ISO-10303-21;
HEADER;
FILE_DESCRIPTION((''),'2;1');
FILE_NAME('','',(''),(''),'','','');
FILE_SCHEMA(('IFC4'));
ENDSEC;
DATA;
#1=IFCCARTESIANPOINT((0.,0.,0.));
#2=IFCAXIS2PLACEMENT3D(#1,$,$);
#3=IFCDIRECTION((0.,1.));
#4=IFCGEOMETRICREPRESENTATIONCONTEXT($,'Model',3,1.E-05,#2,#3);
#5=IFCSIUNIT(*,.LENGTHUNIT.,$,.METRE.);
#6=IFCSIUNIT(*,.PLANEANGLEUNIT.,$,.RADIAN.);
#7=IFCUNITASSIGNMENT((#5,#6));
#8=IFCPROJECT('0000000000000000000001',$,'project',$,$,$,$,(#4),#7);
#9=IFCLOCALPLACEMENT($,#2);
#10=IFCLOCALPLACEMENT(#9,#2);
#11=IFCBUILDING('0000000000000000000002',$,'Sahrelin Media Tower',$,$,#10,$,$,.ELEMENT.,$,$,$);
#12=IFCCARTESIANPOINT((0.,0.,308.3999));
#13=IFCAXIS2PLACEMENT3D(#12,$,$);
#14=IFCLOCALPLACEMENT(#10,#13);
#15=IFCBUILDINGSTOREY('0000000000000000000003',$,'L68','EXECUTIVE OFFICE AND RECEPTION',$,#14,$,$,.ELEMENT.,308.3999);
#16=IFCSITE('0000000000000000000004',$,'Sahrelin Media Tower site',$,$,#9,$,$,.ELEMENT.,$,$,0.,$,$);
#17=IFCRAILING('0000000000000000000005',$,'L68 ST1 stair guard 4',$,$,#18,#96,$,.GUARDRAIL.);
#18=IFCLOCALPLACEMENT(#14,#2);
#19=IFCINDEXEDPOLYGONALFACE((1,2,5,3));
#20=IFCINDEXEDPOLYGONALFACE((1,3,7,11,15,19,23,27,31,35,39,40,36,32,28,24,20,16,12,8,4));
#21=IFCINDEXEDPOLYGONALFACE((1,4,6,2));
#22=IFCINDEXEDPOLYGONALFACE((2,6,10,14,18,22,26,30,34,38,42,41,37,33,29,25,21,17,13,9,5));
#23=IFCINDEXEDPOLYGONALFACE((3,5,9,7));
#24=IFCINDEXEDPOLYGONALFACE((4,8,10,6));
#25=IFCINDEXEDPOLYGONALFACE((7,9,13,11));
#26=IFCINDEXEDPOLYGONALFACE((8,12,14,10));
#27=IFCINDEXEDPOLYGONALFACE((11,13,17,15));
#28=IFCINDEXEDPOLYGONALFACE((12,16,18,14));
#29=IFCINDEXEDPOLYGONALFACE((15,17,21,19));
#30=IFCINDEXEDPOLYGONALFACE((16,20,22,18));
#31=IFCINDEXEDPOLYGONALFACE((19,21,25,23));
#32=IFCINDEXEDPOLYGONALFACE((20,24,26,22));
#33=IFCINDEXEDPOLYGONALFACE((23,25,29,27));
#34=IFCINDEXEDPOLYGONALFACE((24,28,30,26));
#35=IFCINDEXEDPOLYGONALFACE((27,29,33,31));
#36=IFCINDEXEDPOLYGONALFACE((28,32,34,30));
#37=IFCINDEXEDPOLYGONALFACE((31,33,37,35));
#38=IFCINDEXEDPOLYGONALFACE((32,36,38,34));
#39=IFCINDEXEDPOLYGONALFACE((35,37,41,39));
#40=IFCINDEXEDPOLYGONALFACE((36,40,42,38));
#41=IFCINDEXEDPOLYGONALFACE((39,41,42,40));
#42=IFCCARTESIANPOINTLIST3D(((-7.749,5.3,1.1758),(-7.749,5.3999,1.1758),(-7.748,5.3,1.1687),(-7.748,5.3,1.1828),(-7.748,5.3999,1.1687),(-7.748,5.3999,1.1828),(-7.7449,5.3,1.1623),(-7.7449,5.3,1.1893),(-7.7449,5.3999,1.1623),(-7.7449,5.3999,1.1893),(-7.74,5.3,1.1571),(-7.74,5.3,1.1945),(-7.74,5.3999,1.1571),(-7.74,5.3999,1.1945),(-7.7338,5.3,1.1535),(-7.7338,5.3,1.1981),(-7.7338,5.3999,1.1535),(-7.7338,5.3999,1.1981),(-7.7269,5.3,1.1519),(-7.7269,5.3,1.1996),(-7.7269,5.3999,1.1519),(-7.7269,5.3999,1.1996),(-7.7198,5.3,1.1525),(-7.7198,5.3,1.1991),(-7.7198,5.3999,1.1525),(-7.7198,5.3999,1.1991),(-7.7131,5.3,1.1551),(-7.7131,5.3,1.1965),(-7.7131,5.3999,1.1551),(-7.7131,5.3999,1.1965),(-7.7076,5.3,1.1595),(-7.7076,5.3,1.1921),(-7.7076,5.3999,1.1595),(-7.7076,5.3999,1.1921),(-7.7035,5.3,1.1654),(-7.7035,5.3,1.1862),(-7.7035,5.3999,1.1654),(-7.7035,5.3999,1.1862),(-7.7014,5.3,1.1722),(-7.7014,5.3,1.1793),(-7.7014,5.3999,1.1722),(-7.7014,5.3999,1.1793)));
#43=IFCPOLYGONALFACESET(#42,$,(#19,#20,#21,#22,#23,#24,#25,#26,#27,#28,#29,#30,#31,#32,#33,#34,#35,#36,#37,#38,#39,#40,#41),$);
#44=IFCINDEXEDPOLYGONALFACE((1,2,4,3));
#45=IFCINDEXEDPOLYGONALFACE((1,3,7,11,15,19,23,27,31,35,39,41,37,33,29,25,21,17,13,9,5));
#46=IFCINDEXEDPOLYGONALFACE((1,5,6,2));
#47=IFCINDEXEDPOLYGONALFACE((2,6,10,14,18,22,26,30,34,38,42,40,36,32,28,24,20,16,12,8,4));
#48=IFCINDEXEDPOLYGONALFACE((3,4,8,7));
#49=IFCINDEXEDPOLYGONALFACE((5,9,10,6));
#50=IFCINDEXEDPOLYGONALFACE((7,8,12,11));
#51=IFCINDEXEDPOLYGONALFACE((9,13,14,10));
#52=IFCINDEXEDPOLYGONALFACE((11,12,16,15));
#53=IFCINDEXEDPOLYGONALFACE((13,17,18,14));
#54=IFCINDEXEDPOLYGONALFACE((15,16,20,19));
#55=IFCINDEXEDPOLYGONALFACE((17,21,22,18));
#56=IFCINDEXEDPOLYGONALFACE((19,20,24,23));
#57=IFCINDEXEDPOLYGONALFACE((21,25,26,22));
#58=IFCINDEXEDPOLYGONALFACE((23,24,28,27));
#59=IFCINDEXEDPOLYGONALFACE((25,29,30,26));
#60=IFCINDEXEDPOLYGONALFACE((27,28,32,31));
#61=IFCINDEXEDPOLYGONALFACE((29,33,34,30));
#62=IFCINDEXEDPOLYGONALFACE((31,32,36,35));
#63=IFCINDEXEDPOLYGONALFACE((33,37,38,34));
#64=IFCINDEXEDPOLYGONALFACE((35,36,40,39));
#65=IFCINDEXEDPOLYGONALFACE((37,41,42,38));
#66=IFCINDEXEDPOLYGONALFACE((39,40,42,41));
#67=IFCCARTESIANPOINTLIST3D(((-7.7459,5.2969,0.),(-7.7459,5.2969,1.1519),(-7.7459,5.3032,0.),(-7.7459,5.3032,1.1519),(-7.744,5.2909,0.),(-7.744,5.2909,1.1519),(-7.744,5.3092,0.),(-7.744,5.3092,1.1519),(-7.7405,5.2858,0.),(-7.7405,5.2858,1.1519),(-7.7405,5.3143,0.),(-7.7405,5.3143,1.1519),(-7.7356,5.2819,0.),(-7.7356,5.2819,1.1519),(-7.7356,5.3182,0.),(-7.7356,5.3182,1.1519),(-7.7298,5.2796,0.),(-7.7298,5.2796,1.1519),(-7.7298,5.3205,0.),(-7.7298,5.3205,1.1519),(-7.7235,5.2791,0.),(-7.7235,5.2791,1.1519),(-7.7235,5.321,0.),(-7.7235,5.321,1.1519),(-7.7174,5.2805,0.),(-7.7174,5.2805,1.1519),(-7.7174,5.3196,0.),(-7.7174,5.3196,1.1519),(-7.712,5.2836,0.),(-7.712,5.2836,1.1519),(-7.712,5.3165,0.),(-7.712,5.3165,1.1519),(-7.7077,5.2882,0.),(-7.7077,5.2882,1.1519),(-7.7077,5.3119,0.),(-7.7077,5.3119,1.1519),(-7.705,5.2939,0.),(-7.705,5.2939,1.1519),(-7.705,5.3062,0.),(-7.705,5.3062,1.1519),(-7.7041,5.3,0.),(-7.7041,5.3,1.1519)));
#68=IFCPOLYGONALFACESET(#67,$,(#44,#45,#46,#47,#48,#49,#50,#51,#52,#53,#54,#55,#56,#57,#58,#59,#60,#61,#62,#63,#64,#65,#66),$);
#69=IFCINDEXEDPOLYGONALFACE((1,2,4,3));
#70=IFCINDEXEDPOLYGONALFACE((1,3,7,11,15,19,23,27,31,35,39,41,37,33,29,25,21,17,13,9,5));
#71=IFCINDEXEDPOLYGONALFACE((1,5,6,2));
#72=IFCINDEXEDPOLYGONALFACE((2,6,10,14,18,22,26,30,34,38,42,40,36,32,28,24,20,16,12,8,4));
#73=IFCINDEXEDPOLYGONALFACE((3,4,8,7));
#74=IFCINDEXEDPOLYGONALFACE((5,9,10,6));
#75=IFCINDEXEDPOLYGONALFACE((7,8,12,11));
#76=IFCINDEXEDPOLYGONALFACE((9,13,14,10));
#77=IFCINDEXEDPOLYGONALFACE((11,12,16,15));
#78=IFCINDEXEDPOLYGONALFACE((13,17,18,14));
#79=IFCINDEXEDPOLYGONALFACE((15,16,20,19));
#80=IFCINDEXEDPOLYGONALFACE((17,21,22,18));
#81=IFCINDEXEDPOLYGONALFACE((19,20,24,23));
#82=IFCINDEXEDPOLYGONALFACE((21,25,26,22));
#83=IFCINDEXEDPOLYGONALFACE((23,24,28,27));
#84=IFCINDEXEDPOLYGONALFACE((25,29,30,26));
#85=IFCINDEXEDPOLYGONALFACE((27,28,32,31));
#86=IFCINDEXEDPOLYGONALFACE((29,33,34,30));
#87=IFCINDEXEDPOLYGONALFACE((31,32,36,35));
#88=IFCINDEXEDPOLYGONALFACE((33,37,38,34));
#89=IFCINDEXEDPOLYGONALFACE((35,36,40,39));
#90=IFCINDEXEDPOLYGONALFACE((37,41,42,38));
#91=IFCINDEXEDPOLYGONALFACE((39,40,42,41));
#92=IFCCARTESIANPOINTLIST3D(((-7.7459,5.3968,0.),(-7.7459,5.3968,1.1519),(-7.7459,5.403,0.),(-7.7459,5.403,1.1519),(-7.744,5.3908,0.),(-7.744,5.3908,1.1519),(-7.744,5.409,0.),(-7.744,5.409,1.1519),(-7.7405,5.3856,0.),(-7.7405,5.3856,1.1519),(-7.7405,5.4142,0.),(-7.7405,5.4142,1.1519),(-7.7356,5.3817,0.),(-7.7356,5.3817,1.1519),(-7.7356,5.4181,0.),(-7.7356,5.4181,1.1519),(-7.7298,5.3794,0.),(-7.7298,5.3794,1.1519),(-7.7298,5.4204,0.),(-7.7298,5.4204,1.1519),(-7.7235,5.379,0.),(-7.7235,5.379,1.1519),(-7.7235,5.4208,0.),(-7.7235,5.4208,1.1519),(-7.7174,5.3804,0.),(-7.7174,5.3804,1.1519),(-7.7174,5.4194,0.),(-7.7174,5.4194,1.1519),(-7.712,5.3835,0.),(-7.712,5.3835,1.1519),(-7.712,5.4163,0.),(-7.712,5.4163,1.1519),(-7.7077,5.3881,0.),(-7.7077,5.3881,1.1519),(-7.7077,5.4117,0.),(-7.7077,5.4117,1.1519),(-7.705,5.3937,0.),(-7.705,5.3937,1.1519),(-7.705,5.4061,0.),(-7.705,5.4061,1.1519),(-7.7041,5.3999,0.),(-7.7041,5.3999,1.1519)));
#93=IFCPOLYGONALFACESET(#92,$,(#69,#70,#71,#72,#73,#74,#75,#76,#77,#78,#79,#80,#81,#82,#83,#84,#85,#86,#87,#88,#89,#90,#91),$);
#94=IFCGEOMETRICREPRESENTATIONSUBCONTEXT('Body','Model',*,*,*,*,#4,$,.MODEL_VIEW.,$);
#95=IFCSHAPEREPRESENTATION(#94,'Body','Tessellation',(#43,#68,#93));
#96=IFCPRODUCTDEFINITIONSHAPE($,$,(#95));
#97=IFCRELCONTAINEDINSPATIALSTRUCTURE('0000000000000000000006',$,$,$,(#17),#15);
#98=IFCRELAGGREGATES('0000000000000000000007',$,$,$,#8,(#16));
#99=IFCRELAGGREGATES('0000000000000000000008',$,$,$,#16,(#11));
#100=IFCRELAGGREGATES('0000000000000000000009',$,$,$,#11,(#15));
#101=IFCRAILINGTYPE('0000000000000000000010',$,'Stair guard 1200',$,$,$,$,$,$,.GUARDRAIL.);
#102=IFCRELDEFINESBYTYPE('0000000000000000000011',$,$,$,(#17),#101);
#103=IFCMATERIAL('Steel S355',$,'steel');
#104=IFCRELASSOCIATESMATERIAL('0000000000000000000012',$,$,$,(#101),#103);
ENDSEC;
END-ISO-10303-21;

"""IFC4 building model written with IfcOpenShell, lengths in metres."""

from ifc_helpers import new_model, si_unit, direction, frame, origin, origin_2d, place, context, subcontext, project, spatial, circle, extrude, material, type_object, element, save


model = new_model("IFC4")

# Units and contexts
model_context = context("Model", 3, precision=1e-05, world=origin(), true_north=direction((0.0, 1.0)))
body_context = subcontext(model_context, "Body", "Model", "MODEL_VIEW")
ifc_project = project(units=[si_unit("LENGTHUNIT", "METRE"), si_unit("PLANEANGLEUNIT", "RADIAN")], contexts=[model_context])

# Site, building, storey
site_placement = place(None, origin())
site = spatial("IfcSite", under=ifc_project, at=site_placement, Name="Sahrelin Media Tower site", CompositionType="ELEMENT", RefElevation=0.0)
building_placement = place(site_placement, origin())
building = spatial("IfcBuilding", under=site, at=building_placement, Name="Sahrelin Media Tower", CompositionType="ELEMENT")
storey_placement = place(building_placement, frame((0.0, 0.0, 308.3999)))
storey = spatial("IfcBuildingStorey", under=building, at=storey_placement, Name="L68", Description="EXECUTIVE OFFICE AND RECEPTION", CompositionType="ELEMENT", Elevation=308.3999)

# Shared definitions
ifc_material_1 = material(Name="Steel S355", Category="steel")

# Railing
railing_type_1 = type_object("IfcRailingType", Name="Stair guard 1200", PredefinedType="GUARDRAIL", material=ifc_material_1)
railing_1_placement = place(storey_placement, frame((-7.7251, 5.3, 0.0)))
element("IfcRailing", 1, at=railing_1_placement, inside=storey, type_object=railing_type_1, Name="L68 ST1 stair guard 4", PredefinedType="GUARDRAIL", context=body_context, shape_type="SweptSolid", body=[
    extrude(circle(Radius=0.0239, at=origin_2d()), frame((0.0, 0.0, 1.1758), z_axis=(0.0, 1.0, 0.0), x_axis=(-1.0, 0.0, 0.0)), (0.0, 0.0, 1.0), 0.0999),
    extrude(circle(Radius=0.021, at=origin_2d()), origin(), (0.0, 0.0, 1.0), 1.1519),
    extrude(circle(Radius=0.021, at=origin_2d()), frame((0.0, 0.0999, 0.0)), (0.0, 0.0, 1.0), 1.1519),
])

save(model, "model.ifc")
